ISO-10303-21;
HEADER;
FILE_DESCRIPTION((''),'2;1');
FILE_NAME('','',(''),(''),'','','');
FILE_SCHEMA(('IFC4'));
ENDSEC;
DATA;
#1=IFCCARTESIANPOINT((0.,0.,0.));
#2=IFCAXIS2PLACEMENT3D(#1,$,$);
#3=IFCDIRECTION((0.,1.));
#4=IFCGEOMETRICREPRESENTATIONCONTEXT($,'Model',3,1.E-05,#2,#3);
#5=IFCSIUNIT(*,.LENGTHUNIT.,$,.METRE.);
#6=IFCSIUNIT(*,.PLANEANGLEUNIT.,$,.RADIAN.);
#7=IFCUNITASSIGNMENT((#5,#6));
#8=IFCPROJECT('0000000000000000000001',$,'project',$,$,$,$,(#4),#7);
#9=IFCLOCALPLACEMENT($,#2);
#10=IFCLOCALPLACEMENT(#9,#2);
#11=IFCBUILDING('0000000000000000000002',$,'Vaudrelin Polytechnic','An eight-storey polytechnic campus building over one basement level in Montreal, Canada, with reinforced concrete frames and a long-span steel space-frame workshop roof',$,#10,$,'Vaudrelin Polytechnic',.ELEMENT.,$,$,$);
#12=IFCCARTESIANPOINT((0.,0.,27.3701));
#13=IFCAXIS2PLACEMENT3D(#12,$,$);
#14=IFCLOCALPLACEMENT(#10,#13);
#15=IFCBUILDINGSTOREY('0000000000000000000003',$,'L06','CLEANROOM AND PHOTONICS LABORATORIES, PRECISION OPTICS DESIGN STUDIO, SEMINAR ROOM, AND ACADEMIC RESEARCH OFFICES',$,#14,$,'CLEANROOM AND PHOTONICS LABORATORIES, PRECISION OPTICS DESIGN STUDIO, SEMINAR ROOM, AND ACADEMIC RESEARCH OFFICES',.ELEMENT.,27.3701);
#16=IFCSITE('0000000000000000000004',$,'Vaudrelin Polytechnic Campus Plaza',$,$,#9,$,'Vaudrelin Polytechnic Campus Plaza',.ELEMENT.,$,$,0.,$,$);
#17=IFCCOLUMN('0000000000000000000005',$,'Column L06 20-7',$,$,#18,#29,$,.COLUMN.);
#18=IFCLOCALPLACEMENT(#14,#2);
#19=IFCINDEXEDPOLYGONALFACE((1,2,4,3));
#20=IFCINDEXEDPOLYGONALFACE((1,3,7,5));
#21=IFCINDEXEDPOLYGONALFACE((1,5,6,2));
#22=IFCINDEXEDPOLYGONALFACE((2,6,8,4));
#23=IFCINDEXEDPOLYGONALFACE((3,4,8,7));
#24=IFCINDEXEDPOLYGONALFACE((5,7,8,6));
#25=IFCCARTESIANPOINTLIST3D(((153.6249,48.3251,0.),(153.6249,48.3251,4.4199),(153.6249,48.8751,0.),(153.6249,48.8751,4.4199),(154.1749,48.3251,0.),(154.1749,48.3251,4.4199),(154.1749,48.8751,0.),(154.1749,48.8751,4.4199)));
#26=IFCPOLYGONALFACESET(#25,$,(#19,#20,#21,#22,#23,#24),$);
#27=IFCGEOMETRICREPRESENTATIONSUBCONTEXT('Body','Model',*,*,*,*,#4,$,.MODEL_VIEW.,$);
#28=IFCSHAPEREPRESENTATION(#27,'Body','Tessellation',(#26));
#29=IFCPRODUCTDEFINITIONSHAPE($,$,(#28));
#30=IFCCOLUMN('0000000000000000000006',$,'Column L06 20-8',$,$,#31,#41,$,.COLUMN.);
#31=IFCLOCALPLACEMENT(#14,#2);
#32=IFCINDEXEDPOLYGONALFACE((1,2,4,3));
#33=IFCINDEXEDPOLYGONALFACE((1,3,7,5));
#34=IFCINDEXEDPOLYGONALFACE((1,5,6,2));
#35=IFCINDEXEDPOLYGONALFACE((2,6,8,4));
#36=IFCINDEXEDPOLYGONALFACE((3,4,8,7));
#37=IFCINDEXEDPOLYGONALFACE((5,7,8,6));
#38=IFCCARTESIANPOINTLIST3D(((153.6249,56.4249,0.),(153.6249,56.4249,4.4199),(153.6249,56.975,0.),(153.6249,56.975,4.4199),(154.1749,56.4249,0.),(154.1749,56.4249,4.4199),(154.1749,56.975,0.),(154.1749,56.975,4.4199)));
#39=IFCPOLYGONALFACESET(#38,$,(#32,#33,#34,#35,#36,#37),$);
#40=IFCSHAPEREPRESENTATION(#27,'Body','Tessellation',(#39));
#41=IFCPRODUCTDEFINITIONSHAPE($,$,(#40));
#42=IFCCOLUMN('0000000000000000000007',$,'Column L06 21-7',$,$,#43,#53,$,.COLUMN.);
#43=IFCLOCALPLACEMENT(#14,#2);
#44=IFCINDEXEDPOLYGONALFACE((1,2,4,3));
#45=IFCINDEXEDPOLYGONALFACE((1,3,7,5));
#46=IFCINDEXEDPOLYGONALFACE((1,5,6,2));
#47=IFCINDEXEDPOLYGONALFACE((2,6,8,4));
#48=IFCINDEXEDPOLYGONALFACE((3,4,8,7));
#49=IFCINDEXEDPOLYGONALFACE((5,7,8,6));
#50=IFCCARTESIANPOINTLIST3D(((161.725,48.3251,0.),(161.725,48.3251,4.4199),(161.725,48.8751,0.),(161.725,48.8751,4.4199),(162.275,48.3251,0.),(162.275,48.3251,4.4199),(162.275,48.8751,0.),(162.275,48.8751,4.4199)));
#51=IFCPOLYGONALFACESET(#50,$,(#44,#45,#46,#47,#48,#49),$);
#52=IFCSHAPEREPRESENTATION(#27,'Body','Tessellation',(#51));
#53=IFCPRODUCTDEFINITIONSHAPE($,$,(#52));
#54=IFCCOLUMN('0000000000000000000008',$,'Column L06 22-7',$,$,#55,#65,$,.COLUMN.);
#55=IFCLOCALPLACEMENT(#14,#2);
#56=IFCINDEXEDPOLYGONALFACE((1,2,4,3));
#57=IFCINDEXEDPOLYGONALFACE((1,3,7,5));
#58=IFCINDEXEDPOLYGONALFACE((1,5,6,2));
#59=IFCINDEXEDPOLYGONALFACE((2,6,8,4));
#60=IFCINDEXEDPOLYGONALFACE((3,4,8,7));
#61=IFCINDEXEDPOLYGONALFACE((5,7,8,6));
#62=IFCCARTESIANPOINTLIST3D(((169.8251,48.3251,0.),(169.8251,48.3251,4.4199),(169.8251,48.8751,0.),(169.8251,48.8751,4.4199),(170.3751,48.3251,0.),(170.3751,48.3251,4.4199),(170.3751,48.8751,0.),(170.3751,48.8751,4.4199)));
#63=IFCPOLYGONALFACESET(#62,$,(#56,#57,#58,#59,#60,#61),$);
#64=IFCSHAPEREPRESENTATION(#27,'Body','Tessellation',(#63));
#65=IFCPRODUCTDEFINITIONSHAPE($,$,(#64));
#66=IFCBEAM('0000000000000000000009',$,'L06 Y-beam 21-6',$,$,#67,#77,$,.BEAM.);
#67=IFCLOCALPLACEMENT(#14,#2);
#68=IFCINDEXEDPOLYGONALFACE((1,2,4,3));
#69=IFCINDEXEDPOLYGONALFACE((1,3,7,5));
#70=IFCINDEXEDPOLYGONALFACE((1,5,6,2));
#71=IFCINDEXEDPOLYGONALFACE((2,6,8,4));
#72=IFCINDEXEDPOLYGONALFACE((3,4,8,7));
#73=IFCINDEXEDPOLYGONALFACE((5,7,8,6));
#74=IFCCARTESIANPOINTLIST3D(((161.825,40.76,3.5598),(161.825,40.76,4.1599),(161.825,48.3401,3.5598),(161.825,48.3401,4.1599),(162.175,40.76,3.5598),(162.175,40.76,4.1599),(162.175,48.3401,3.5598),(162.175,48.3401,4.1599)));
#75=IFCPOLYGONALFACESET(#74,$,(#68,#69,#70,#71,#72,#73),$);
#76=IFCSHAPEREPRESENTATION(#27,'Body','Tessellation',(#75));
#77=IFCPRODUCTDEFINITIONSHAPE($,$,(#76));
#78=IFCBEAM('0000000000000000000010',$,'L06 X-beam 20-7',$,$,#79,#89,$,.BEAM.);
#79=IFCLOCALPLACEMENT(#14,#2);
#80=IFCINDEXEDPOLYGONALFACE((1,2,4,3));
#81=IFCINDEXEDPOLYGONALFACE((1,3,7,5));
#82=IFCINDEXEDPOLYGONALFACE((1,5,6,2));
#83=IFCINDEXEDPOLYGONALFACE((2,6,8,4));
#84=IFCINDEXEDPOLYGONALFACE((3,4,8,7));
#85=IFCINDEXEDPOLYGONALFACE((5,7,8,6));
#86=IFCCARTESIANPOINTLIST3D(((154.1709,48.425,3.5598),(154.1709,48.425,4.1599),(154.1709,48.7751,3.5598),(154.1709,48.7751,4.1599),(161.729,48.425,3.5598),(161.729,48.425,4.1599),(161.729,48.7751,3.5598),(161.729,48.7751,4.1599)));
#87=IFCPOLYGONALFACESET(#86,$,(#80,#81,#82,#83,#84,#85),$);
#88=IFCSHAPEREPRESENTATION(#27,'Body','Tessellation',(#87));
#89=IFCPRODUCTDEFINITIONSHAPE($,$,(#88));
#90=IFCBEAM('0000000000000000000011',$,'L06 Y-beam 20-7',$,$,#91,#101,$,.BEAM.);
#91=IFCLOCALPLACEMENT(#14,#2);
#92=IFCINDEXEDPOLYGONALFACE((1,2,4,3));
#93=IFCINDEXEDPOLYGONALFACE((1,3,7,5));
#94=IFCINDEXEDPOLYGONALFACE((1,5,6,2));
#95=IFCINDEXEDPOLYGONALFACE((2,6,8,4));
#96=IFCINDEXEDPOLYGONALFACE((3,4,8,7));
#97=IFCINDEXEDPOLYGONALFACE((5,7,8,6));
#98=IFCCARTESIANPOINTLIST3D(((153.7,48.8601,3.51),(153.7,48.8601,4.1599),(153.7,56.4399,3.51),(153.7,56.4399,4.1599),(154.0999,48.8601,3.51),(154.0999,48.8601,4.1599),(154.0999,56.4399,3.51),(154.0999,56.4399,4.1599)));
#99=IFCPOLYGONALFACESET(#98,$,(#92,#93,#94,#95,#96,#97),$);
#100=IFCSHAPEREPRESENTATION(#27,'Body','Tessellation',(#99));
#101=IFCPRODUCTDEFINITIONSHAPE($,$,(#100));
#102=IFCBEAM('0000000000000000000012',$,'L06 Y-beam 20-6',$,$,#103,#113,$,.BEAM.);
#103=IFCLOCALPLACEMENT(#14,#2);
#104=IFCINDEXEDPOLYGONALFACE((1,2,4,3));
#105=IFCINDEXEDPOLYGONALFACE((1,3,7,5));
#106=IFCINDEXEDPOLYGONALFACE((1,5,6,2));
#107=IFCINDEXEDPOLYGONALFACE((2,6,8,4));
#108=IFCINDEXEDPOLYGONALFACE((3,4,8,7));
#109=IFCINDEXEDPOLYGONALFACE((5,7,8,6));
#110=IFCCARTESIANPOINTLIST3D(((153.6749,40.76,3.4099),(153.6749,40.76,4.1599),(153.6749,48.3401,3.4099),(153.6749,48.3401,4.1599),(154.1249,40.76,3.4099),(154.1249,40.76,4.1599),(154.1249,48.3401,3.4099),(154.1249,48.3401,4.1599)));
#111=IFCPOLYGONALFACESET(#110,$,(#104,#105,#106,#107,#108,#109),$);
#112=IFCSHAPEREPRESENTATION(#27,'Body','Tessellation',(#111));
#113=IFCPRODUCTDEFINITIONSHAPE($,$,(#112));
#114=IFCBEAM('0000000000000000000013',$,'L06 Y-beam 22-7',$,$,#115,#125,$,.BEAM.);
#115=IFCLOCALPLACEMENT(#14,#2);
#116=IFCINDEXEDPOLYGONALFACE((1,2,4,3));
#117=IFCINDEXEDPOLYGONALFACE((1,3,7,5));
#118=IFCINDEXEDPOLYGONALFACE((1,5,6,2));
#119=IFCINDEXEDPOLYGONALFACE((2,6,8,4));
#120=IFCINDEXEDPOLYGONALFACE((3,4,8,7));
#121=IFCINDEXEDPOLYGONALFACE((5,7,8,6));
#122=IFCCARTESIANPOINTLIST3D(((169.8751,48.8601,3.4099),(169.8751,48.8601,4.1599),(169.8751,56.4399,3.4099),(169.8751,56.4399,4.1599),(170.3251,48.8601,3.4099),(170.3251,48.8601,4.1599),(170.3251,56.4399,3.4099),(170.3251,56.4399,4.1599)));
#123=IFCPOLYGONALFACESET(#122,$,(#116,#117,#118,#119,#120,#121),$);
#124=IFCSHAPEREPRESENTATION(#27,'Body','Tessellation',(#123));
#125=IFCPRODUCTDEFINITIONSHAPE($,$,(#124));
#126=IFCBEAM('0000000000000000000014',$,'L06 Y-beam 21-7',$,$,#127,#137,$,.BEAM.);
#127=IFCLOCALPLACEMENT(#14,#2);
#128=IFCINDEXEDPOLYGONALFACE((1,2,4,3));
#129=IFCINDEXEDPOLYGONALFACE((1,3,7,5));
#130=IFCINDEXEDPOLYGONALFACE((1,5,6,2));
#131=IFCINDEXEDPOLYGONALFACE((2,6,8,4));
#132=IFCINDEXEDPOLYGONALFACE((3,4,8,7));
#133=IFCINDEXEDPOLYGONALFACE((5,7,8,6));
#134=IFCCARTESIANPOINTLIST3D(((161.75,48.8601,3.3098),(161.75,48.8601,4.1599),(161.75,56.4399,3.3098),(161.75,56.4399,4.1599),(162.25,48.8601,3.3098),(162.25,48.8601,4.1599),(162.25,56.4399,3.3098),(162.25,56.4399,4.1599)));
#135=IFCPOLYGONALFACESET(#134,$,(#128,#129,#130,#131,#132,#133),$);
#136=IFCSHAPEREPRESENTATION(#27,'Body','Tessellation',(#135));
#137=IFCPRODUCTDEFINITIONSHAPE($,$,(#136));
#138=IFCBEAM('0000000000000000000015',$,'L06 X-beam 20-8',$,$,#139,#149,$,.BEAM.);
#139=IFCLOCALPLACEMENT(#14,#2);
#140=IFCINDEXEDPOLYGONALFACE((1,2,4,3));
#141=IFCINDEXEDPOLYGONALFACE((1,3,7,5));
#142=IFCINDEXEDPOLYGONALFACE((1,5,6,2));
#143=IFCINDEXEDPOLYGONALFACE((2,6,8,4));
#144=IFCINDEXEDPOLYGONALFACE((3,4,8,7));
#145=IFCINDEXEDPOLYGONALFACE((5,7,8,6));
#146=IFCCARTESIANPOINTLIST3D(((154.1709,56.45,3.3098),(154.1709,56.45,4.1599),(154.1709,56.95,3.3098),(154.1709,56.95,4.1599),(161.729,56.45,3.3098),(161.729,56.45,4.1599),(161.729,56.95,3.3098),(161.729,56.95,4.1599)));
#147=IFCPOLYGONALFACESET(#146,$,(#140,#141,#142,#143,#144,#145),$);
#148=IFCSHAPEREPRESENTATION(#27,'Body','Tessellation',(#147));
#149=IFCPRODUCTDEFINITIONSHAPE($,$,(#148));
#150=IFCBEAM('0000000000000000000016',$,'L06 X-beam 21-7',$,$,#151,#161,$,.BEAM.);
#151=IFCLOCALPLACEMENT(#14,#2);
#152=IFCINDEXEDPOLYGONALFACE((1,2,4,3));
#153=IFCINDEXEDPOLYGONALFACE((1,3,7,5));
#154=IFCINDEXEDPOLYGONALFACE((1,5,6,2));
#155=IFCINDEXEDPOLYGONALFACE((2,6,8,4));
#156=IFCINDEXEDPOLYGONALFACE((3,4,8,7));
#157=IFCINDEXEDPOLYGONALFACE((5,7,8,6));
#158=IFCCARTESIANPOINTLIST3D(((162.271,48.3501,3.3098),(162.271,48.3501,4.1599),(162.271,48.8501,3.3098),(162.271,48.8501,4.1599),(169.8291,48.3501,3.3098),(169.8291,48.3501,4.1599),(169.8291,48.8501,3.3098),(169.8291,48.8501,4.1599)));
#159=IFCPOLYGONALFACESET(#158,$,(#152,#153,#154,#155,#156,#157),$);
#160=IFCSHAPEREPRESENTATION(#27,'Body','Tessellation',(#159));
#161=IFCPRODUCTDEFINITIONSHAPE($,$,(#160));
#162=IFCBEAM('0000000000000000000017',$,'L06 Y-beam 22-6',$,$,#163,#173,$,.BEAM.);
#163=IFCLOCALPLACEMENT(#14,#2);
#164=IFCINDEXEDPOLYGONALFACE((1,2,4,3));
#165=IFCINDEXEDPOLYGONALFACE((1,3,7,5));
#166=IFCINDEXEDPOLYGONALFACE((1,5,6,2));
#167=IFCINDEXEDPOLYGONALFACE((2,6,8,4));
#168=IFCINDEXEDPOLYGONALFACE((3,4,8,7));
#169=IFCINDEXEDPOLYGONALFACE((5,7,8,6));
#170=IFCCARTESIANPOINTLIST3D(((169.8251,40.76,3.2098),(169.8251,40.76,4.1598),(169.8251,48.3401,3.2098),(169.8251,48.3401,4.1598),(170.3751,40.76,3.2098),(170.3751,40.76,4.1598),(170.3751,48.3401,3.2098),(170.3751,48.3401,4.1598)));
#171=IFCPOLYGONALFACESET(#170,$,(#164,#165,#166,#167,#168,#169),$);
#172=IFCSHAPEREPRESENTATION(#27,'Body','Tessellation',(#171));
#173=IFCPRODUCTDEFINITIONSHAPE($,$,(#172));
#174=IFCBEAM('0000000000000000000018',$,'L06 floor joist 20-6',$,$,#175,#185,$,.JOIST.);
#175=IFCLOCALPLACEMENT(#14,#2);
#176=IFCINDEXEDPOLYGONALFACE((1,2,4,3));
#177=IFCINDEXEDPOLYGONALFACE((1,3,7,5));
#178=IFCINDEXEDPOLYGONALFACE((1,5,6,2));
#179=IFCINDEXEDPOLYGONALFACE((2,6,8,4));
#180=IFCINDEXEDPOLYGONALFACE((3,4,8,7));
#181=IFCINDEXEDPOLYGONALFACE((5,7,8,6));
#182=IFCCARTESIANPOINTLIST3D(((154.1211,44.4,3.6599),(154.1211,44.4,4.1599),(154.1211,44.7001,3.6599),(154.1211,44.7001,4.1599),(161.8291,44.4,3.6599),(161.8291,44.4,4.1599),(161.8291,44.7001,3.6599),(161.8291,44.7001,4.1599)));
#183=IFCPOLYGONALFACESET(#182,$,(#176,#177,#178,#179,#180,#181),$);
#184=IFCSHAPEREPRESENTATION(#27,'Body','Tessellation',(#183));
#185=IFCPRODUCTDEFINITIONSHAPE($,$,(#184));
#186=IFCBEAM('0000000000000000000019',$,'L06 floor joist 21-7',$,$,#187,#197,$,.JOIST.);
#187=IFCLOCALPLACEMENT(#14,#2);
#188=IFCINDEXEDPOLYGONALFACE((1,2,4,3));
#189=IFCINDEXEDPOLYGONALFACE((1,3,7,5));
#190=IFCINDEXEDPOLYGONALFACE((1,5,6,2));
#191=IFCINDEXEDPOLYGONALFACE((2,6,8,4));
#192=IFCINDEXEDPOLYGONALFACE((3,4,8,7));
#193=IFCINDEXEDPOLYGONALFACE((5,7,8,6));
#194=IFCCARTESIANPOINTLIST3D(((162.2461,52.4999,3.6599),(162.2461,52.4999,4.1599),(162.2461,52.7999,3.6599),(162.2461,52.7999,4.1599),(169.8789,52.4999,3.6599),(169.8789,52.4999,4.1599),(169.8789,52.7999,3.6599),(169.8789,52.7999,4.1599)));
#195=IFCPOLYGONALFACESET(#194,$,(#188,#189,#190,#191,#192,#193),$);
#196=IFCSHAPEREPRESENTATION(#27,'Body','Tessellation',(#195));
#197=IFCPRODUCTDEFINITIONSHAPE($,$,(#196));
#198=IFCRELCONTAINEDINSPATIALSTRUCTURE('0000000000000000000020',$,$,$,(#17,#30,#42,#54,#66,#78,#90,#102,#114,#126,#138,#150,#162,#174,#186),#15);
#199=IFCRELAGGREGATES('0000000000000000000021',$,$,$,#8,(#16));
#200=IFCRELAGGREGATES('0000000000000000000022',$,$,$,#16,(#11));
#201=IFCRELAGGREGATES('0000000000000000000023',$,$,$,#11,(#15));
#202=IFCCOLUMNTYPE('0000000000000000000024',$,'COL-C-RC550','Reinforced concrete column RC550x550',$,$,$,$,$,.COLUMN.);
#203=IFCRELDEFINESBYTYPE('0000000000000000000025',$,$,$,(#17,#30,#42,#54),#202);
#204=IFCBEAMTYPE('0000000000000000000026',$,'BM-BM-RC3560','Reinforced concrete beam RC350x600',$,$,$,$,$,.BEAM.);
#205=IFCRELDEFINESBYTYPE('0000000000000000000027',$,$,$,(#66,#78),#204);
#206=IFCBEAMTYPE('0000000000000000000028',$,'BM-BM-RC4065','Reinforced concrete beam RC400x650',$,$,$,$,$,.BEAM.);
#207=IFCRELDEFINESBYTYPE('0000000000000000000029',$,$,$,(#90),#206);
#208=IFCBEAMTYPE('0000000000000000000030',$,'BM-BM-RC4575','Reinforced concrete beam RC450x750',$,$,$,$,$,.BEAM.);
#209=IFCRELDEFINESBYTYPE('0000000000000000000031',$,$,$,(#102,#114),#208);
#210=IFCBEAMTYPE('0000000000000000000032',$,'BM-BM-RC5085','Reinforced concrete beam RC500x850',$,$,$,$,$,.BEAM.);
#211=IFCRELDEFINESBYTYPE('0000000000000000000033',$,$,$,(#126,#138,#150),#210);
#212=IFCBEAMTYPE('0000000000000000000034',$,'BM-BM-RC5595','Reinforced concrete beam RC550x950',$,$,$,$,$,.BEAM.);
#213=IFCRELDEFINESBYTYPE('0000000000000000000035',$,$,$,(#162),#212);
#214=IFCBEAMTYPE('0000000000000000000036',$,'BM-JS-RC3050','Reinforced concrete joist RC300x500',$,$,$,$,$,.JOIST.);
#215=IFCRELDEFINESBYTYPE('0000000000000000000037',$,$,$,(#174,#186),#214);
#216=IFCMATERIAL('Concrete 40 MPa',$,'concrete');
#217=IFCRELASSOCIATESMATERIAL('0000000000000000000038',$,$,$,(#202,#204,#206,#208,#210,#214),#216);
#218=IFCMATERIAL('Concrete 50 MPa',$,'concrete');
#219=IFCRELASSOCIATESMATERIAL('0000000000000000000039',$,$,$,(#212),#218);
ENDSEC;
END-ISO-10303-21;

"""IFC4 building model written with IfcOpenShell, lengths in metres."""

from ifc_helpers import new_model, si_unit, direction, frame, origin, origin_2d, place, context, subcontext, project, spatial, rectangle, extrude, material, material_profile, profile_set, type_object, element, save


model = new_model("IFC4")

# Units and contexts
model_context = context("Model", 3, precision=1e-05, world=origin(), true_north=direction((0.0, 1.0)))
body_context = subcontext(model_context, "Body", "Model", "MODEL_VIEW")
ifc_project = project(units=[si_unit("LENGTHUNIT", "METRE"), si_unit("PLANEANGLEUNIT", "RADIAN")], contexts=[model_context])

# Site, building, storey
site_placement = place(None, origin())
site = spatial("IfcSite", under=ifc_project, at=site_placement, Name="Vaudrelin Polytechnic Campus Plaza", LongName="Vaudrelin Polytechnic Campus Plaza", CompositionType="ELEMENT", RefElevation=0.0)
building_placement = place(site_placement, origin())
building = spatial("IfcBuilding", under=site, at=building_placement, Name="Vaudrelin Polytechnic", Description="An eight-storey polytechnic campus building over one basement level in Montreal, Canada, with reinforced concrete frames and a long-span steel space-frame workshop roof", LongName="Vaudrelin Polytechnic", CompositionType="ELEMENT")
storey_placement = place(building_placement, frame((0.0, 0.0, 27.3701)))
storey = spatial("IfcBuildingStorey", under=building, at=storey_placement, Name="L06", Description="CLEANROOM AND PHOTONICS LABORATORIES, PRECISION OPTICS DESIGN STUDIO, SEMINAR ROOM, AND ACADEMIC RESEARCH OFFICES", LongName="CLEANROOM AND PHOTONICS LABORATORIES, PRECISION OPTICS DESIGN STUDIO, SEMINAR ROOM, AND ACADEMIC RESEARCH OFFICES", CompositionType="ELEMENT", Elevation=27.3701)

# Columns
ifc_material_1 = material(Name="Concrete 40 MPa", Category="concrete")
ifc_material_profile_1 = material_profile(ifc_material_1, rectangle(XDim=0.55, YDim=0.55, at=origin_2d()), Name="RC550x550")
ifc_profile_set_1 = profile_set([ifc_material_profile_1], Name="Concrete 40 MPa")
column_type = type_object("IfcColumnType", Name="COL-C-RC550", Description="Reinforced concrete column RC550x550", PredefinedType="COLUMN", material=ifc_profile_set_1)
for number, where, z_axis, x_axis, name in (
    (1, (153.8999, 48.6001, 0.0), (0.0, 0.0, 1.0), (1.0, 0.0, 0.0), "Column L06 20-7"),
    (2, (153.8999, 56.7, 0.0), (0.0, 0.0, 1.0), (1.0, 0.0, 0.0), "Column L06 20-8"),
    (3, (162.0, 48.6001, 0.0), (0.0, 0.0, 1.0), (1.0, 0.0, 0.0), "Column L06 21-7"),
    (4, (170.1001, 48.6001, 0.0), (0.0, 0.0, 1.0), (1.0, 0.0, 0.0), "Column L06 22-7"),
):
    element("IfcColumn", number, at=place(storey_placement, frame(where, z_axis=z_axis, x_axis=x_axis)), inside=storey, type_object=column_type, Name=name, PredefinedType="COLUMN", context=body_context, shape_type="SweptSolid", body=[
        extrude(rectangle(XDim=0.55, YDim=0.55, at=origin_2d()), origin(), (0.0, 0.0, 1.0), 4.4199),
    ])

# Beams
ifc_material_profile_2 = material_profile(ifc_material_1, rectangle(XDim=0.3501, YDim=0.6001, at=origin_2d()), Name="RC350x600")
ifc_profile_set_2 = profile_set([ifc_material_profile_2], Name="Concrete 40 MPa")
beam_type_1 = type_object("IfcBeamType", Name="BM-BM-RC3560", Description="Reinforced concrete beam RC350x600", PredefinedType="BEAM", material=ifc_profile_set_2)
beam_1_placement = place(storey_placement, frame((162.0, 40.76, 3.8599), z_axis=(0.0, 1.0, 0.0), x_axis=(-1.0, 0.0, 0.0)))
element("IfcBeam", 5, at=beam_1_placement, inside=storey, type_object=beam_type_1, Name="L06 Y-beam 21-6", PredefinedType="BEAM", context=body_context, shape_type="SweptSolid", body=[
    extrude(rectangle(XDim=0.3501, YDim=0.6001, at=origin_2d()), origin(), (0.0, 0.0, 1.0), 7.5801),
])
beam_2_placement = place(storey_placement, frame((154.1709, 48.6001, 3.8599), z_axis=(1.0, 0.0, 0.0), x_axis=(0.0, 1.0, 0.0)))
element("IfcBeam", 6, at=beam_2_placement, inside=storey, type_object=beam_type_1, Name="L06 X-beam 20-7", PredefinedType="BEAM", context=body_context, shape_type="SweptSolid", body=[
    extrude(rectangle(XDim=0.3501, YDim=0.6001, at=origin_2d()), origin(), (0.0, 0.0, 1.0), 7.5581),
])
ifc_material_profile_3 = material_profile(ifc_material_1, rectangle(XDim=0.3999, YDim=0.6499, at=origin_2d()), Name="RC400x650")
ifc_profile_set_3 = profile_set([ifc_material_profile_3], Name="Concrete 40 MPa")
beam_type_2 = type_object("IfcBeamType", Name="BM-BM-RC4065", Description="Reinforced concrete beam RC400x650", PredefinedType="BEAM", material=ifc_profile_set_3)
beam_3_placement = place(storey_placement, frame((153.8999, 48.8601, 3.835), z_axis=(0.0, 1.0, 0.0), x_axis=(-1.0, 0.0, 0.0)))
element("IfcBeam", 7, at=beam_3_placement, inside=storey, type_object=beam_type_2, Name="L06 Y-beam 20-7", PredefinedType="BEAM", context=body_context, shape_type="SweptSolid", body=[
    extrude(rectangle(XDim=0.3999, YDim=0.6499, at=origin_2d()), origin(), (0.0, 0.0, 1.0), 7.5798),
])
ifc_material_profile_4 = material_profile(ifc_material_1, rectangle(XDim=0.45, YDim=0.75, at=origin_2d()), Name="RC450x750")
ifc_profile_set_4 = profile_set([ifc_material_profile_4], Name="Concrete 40 MPa")
beam_type_3 = type_object("IfcBeamType", Name="BM-BM-RC4575", Description="Reinforced concrete beam RC450x750", PredefinedType="BEAM", material=ifc_profile_set_4)
beam_4_placement = place(storey_placement, frame((153.8999, 40.76, 3.7849), z_axis=(0.0, 1.0, 0.0), x_axis=(-1.0, 0.0, 0.0)))
element("IfcBeam", 8, at=beam_4_placement, inside=storey, type_object=beam_type_3, Name="L06 Y-beam 20-6", PredefinedType="BEAM", context=body_context, shape_type="SweptSolid", body=[
    extrude(rectangle(XDim=0.45, YDim=0.75, at=origin_2d()), origin(), (0.0, 0.0, 1.0), 7.5801),
])
beam_5_placement = place(storey_placement, frame((170.1001, 48.8601, 3.7849), z_axis=(0.0, 1.0, 0.0), x_axis=(-1.0, 0.0, 0.0)))
element("IfcBeam", 9, at=beam_5_placement, inside=storey, type_object=beam_type_3, Name="L06 Y-beam 22-7", PredefinedType="BEAM", context=body_context, shape_type="SweptSolid", body=[
    extrude(rectangle(XDim=0.45, YDim=0.75, at=origin_2d()), origin(), (0.0, 0.0, 1.0), 7.5798),
])
ifc_material_profile_5 = material_profile(ifc_material_1, rectangle(XDim=0.5, YDim=0.8501, at=origin_2d()), Name="RC500x850")
ifc_profile_set_5 = profile_set([ifc_material_profile_5], Name="Concrete 40 MPa")
beam_type_4 = type_object("IfcBeamType", Name="BM-BM-RC5085", Description="Reinforced concrete beam RC500x850", PredefinedType="BEAM", material=ifc_profile_set_5)
beam_6_placement = place(storey_placement, frame((162.0, 48.8601, 3.7349), z_axis=(0.0, 1.0, 0.0), x_axis=(-1.0, 0.0, 0.0)))
element("IfcBeam", 10, at=beam_6_placement, inside=storey, type_object=beam_type_4, Name="L06 Y-beam 21-7", PredefinedType="BEAM", context=body_context, shape_type="SweptSolid", body=[
    extrude(rectangle(XDim=0.5, YDim=0.8501, at=origin_2d()), origin(), (0.0, 0.0, 1.0), 7.5798),
])
for number, where, z_axis, x_axis, name in (
    (11, (154.1709, 56.7, 3.7349), (1.0, 0.0, 0.0), (0.0, 1.0, 0.0), "L06 X-beam 20-8"),
    (12, (162.271, 48.6001, 3.7349), (1.0, 0.0, 0.0), (0.0, 1.0, 0.0), "L06 X-beam 21-7"),
):
    element("IfcBeam", number, at=place(storey_placement, frame(where, z_axis=z_axis, x_axis=x_axis)), inside=storey, type_object=beam_type_4, Name=name, PredefinedType="BEAM", context=body_context, shape_type="SweptSolid", body=[
        extrude(rectangle(XDim=0.5, YDim=0.8501, at=origin_2d()), origin(), (0.0, 0.0, 1.0), 7.5581),
    ])
ifc_material_2 = material(Name="Concrete 50 MPa", Category="concrete")
ifc_material_profile_6 = material_profile(ifc_material_2, rectangle(XDim=0.55, YDim=0.95, at=origin_2d()), Name="RC550x950")
ifc_profile_set_6 = profile_set([ifc_material_profile_6], Name="Concrete 50 MPa")
beam_type_5 = type_object("IfcBeamType", Name="BM-BM-RC5595", Description="Reinforced concrete beam RC550x950", PredefinedType="BEAM", material=ifc_profile_set_6)
beam_7_placement = place(storey_placement, frame((170.1001, 40.76, 3.6848), z_axis=(0.0, 1.0, 0.0), x_axis=(-1.0, 0.0, 0.0)))
element("IfcBeam", 13, at=beam_7_placement, inside=storey, type_object=beam_type_5, Name="L06 Y-beam 22-6", PredefinedType="BEAM", context=body_context, shape_type="SweptSolid", body=[
    extrude(rectangle(XDim=0.55, YDim=0.95, at=origin_2d()), origin(), (0.0, 0.0, 1.0), 7.5801),
])
ifc_material_profile_7 = material_profile(ifc_material_1, rectangle(XDim=0.3, YDim=0.5, at=origin_2d()), Name="RC300x500")
ifc_profile_set_7 = profile_set([ifc_material_profile_7], Name="Concrete 40 MPa")
beam_type_6 = type_object("IfcBeamType", Name="BM-JS-RC3050", Description="Reinforced concrete joist RC300x500", PredefinedType="JOIST", material=ifc_profile_set_7)
beam_8_placement = place(storey_placement, frame((154.1211, 44.55, 3.9099), z_axis=(1.0, 0.0, 0.0), x_axis=(0.0, 1.0, 0.0)))
element("IfcBeam", 14, at=beam_8_placement, inside=storey, type_object=beam_type_6, Name="L06 floor joist 20-6", PredefinedType="JOIST", context=body_context, shape_type="SweptSolid", body=[
    extrude(rectangle(XDim=0.3, YDim=0.5, at=origin_2d()), origin(), (0.0, 0.0, 1.0), 7.708),
])
beam_9_placement = place(storey_placement, frame((162.2461, 52.6499, 3.9099), z_axis=(1.0, 0.0, 0.0), x_axis=(0.0, 1.0, 0.0)))
element("IfcBeam", 15, at=beam_9_placement, inside=storey, type_object=beam_type_6, Name="L06 floor joist 21-7", PredefinedType="JOIST", context=body_context, shape_type="SweptSolid", body=[
    extrude(rectangle(XDim=0.3, YDim=0.5, at=origin_2d()), origin(), (0.0, 0.0, 1.0), 7.6328),
])

save(model, "model.ifc")
